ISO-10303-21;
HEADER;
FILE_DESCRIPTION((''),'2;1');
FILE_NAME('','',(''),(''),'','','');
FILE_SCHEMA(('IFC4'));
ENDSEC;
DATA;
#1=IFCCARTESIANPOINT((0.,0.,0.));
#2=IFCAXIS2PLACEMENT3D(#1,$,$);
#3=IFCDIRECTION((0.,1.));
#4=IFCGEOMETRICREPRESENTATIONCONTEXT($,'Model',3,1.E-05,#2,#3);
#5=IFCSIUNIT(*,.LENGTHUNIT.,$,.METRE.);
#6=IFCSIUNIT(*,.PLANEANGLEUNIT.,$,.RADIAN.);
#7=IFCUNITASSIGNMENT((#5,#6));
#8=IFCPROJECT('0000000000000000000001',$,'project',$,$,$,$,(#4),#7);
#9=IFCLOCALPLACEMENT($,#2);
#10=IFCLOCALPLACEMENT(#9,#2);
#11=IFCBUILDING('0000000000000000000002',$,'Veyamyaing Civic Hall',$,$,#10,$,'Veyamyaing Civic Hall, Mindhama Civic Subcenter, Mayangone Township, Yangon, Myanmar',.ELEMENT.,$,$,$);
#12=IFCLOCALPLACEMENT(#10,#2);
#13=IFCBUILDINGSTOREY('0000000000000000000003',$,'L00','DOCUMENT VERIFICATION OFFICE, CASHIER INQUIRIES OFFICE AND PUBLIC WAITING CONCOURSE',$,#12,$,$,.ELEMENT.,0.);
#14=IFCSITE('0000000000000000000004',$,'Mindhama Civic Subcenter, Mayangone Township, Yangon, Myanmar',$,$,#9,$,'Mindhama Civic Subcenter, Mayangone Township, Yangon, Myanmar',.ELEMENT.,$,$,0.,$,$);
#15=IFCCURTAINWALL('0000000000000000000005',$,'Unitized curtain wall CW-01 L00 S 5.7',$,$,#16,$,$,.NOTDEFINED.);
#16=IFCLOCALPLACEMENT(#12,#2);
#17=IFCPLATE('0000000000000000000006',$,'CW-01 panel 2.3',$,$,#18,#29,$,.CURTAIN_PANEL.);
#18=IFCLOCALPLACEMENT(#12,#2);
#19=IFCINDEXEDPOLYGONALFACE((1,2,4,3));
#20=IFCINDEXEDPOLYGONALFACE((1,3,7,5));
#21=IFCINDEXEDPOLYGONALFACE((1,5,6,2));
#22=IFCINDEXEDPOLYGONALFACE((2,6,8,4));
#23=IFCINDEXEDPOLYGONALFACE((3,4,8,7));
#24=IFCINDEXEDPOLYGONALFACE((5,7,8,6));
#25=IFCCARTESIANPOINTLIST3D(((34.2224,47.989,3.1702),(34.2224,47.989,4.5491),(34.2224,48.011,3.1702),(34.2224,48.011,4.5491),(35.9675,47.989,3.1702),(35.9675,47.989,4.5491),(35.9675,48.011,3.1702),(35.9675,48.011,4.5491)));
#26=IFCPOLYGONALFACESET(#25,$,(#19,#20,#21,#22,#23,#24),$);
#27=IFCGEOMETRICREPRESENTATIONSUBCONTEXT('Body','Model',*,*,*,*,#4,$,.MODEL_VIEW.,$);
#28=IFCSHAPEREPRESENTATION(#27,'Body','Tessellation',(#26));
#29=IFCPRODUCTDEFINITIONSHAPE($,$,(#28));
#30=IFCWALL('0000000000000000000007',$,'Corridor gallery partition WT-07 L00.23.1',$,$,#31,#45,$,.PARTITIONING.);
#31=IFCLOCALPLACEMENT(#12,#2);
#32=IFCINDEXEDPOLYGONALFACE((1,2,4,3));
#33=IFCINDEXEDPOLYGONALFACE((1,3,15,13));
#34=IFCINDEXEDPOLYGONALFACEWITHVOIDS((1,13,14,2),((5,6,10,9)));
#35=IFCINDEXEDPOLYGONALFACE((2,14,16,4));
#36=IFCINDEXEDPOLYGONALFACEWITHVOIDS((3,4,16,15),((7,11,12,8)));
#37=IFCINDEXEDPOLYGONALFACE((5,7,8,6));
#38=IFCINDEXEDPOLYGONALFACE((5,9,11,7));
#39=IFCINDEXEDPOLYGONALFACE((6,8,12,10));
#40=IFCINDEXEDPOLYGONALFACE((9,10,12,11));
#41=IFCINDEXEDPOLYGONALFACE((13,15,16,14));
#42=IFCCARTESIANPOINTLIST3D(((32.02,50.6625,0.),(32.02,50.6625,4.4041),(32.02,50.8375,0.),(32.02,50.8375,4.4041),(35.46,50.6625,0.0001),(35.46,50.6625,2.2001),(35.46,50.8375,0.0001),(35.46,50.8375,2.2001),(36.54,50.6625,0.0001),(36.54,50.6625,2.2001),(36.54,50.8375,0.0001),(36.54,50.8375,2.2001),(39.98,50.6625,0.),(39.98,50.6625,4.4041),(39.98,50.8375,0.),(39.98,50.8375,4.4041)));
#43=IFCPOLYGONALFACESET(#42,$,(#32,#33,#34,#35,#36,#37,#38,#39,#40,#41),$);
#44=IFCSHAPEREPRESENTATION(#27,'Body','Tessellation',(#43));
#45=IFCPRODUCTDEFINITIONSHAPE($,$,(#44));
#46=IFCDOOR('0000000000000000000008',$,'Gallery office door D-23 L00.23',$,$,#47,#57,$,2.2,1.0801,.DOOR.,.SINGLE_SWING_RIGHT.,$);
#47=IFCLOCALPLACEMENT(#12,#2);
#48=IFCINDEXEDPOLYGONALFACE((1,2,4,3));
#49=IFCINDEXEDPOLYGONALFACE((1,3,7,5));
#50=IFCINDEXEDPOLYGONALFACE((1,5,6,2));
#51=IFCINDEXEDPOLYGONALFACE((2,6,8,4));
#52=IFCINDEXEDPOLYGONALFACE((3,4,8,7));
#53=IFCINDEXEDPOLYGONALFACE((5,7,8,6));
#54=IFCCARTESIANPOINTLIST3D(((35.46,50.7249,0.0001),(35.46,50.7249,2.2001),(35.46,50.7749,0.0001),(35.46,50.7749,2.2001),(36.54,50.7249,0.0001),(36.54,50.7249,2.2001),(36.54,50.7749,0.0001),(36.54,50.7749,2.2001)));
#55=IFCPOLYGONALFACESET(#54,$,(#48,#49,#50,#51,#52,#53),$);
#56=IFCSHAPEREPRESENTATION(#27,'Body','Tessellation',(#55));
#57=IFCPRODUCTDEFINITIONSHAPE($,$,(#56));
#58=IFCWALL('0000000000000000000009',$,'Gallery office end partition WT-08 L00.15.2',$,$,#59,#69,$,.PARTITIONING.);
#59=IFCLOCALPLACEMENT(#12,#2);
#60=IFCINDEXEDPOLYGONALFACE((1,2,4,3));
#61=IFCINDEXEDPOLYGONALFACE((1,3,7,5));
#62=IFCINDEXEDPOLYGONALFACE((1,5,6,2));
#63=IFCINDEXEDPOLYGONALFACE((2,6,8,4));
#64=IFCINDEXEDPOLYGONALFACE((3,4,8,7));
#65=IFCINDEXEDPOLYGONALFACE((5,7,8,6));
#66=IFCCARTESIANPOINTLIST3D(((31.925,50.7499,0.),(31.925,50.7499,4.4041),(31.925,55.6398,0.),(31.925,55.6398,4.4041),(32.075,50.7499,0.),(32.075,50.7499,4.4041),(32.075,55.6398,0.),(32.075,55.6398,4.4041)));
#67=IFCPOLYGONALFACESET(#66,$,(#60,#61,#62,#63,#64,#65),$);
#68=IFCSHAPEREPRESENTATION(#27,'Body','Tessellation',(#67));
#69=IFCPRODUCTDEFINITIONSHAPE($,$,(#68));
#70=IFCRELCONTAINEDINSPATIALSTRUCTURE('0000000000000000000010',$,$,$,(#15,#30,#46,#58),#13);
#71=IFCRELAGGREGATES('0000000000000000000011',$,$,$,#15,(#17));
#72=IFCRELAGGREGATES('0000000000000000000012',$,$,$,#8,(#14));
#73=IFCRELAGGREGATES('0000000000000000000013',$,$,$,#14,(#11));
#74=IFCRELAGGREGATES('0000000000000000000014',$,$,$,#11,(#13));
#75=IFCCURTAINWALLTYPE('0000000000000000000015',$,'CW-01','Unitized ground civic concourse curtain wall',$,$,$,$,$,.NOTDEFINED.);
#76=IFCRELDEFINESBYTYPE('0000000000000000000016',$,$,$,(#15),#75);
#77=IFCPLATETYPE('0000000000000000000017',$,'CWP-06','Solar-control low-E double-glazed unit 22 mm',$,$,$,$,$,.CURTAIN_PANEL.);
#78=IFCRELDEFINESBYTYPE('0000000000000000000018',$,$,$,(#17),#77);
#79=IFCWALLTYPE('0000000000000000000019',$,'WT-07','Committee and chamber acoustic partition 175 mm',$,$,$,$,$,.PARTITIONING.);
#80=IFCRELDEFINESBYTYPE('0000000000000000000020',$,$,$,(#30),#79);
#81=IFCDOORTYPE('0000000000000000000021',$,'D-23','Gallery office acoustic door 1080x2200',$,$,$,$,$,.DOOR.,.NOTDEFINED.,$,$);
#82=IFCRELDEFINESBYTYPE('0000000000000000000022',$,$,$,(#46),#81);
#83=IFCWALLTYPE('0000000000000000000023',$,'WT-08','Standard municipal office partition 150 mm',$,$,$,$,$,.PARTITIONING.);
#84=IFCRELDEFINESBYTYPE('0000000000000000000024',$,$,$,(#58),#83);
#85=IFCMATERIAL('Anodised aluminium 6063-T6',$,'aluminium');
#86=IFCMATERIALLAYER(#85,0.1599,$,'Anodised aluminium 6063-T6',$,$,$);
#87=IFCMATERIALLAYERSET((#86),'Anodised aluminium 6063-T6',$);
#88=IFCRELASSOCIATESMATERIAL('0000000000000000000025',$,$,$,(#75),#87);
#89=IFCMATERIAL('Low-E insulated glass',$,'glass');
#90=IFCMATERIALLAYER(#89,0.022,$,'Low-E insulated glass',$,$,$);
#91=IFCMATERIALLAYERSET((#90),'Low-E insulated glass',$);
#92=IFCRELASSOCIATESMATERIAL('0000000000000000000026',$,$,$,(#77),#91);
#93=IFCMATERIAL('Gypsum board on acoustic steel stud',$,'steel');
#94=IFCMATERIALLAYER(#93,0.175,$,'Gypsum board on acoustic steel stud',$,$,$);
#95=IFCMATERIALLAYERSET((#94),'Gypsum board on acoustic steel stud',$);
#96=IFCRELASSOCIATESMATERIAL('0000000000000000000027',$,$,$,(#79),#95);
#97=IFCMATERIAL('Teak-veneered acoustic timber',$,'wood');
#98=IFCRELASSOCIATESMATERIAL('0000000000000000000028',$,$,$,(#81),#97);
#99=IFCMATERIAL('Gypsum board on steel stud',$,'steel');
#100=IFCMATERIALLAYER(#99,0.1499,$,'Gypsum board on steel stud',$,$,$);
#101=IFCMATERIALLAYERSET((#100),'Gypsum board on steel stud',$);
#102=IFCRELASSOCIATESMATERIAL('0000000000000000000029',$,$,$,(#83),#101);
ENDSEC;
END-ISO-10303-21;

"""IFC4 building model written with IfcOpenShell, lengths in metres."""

from ifc_helpers import new_model, si_unit, direction, frame, frame_2d, origin, origin_2d, place, context, subcontext, project, spatial, rectangle, extrude, material, layer, layer_set, type_object, element, fill, aggregate, save


model = new_model("IFC4")

# Units and contexts
model_context = context("Model", 3, precision=1e-05, world=origin(), true_north=direction((0.0, 1.0)))
body_context = subcontext(model_context, "Body", "Model", "MODEL_VIEW")
ifc_project = project(units=[si_unit("LENGTHUNIT", "METRE"), si_unit("PLANEANGLEUNIT", "RADIAN")], contexts=[model_context])

# Site, building, storey
site_placement = place(None, origin())
site = spatial("IfcSite", under=ifc_project, at=site_placement, Name="Mindhama Civic Subcenter, Mayangone Township, Yangon, Myanmar", LongName="Mindhama Civic Subcenter, Mayangone Township, Yangon, Myanmar", CompositionType="ELEMENT", RefElevation=0.0)
building_placement = place(site_placement, origin())
building = spatial("IfcBuilding", under=site, at=building_placement, Name="Veyamyaing Civic Hall", LongName="Veyamyaing Civic Hall, Mindhama Civic Subcenter, Mayangone Township, Yangon, Myanmar", CompositionType="ELEMENT")
storey_placement = place(building_placement, origin())
storey = spatial("IfcBuildingStorey", under=building, at=storey_placement, Name="L00", Description="DOCUMENT VERIFICATION OFFICE, CASHIER INQUIRIES OFFICE AND PUBLIC WAITING CONCOURSE", CompositionType="ELEMENT", Elevation=0.0)

# Shared definitions
ifc_material_1 = material(Name="Anodised aluminium 6063-T6", Category="aluminium")
ifc_layer_1 = layer(ifc_material_1, 0.1599, Name="Anodised aluminium 6063-T6")
ifc_layer_set_1 = layer_set([ifc_layer_1], Name="Anodised aluminium 6063-T6")
curtain_wall_type = type_object("IfcCurtainWallType", Name="CW-01", Description="Unitized ground civic concourse curtain wall", PredefinedType="NOTDEFINED", material=ifc_layer_set_1)

# Curtain wall
curtain_wall_1_placement = place(storey_placement, origin())
curtain_wall_1 = element("IfcCurtainWall", 1, at=curtain_wall_1_placement, inside=storey, type_object=curtain_wall_type, Name="Unitized curtain wall CW-01 L00 S 5.7", PredefinedType="NOTDEFINED")

# Plate
ifc_material_2 = material(Name="Low-E insulated glass", Category="glass")
ifc_layer_2 = layer(ifc_material_2, 0.022, Name="Low-E insulated glass")
ifc_layer_set_2 = layer_set([ifc_layer_2], Name="Low-E insulated glass")
plate_type_1 = type_object("IfcPlateType", Name="CWP-06", Description="Solar-control low-E double-glazed unit 22 mm", PredefinedType="CURTAIN_PANEL", material=ifc_layer_set_2)
plate_1_placement = place(storey_placement, frame((35.095, 48.0, 3.1702), z_axis=(0.0, 0.0, 1.0), x_axis=(1.0, 0.0, 0.0)))
plate_1 = element("IfcPlate", 2, at=plate_1_placement, type_object=plate_type_1, Name="CW-01 panel 2.3", PredefinedType="CURTAIN_PANEL", context=body_context, shape_type="SweptSolid", body=[
    extrude(rectangle(XDim=1.7451, YDim=0.022, at=origin_2d()), origin(), (0.0, 0.0, 1.0), 1.3789),
])
aggregate(curtain_wall_1, [plate_1])

# Wall, opening, door
ifc_material_3 = material(Name="Gypsum board on acoustic steel stud", Category="steel")
ifc_layer_3 = layer(ifc_material_3, 0.175, Name="Gypsum board on acoustic steel stud")
ifc_layer_set_3 = layer_set([ifc_layer_3], Name="Gypsum board on acoustic steel stud")
wall_type_1 = type_object("IfcWallType", Name="WT-07", Description="Committee and chamber acoustic partition 175 mm", PredefinedType="PARTITIONING", material=ifc_layer_set_3)
wall_1_placement = place(storey_placement, frame((32.02, 50.75, 0.0), z_axis=(0.0, 0.0, 1.0), x_axis=(1.0, 0.0, 0.0)))
wall_1 = element("IfcWall", 3, at=wall_1_placement, inside=storey, type_object=wall_type_1, Name="Corridor gallery partition WT-07 L00.23.1", PredefinedType="PARTITIONING", context=body_context, shape_type="SweptSolid", body=[
    extrude(rectangle(XDim=7.96, YDim=0.175, at=frame_2d((3.98, 0.0))), origin(), (0.0, 0.0, 1.0), 4.4041),
])
opening_placement = place(wall_1_placement, frame((3.4399, 0.0, 0.0)))
opening = element("IfcOpeningElement", 4, at=opening_placement, cuts=wall_1, PredefinedType="OPENING", context=body_context, shape_type="SweptSolid", body=[
    extrude(rectangle(XDim=1.0801, YDim=2.2, at=frame_2d((0.54, 1.1001))), frame((0.0, 0.0974, 0.0), z_axis=(0.0, -1.0, 0.0), x_axis=(1.0, 0.0, 0.0)), (0.0, 0.0, 1.0), 0.1951),
])
ifc_material_4 = material(Name="Teak-veneered acoustic timber", Category="wood")
door_type = type_object("IfcDoorType", Name="D-23", Description="Gallery office acoustic door 1080x2200", OperationType="NOTDEFINED", PredefinedType="DOOR", material=ifc_material_4)
door_placement = place(opening_placement, origin())
door = element("IfcDoor", 5, at=door_placement, inside=storey, type_object=door_type, Name="Gallery office door D-23 L00.23", OperationType="SINGLE_SWING_RIGHT", OverallHeight=2.2, OverallWidth=1.0801, PredefinedType="DOOR", context=body_context, shape_type="SweptSolid", body=[
    extrude(rectangle(XDim=1.0801, YDim=2.2, at=frame_2d((0.54, 1.1001))), frame((0.0, 0.0249, 0.0), z_axis=(0.0, -1.0, 0.0), x_axis=(1.0, 0.0, 0.0)), (0.0, 0.0, 1.0), 0.05),
])
fill(opening, door)

# Wall
ifc_material_5 = material(Name="Gypsum board on steel stud", Category="steel")
ifc_layer_4 = layer(ifc_material_5, 0.1499, Name="Gypsum board on steel stud")
ifc_layer_set_4 = layer_set([ifc_layer_4], Name="Gypsum board on steel stud")
wall_type_2 = type_object("IfcWallType", Name="WT-08", Description="Standard municipal office partition 150 mm", PredefinedType="PARTITIONING", material=ifc_layer_set_4)
wall_2_placement = place(storey_placement, frame((32.0, 50.75, 0.0), z_axis=(0.0, 0.0, 1.0), x_axis=(0.0, 1.0, 0.0)))
element("IfcWall", 6, at=wall_2_placement, inside=storey, type_object=wall_type_2, Name="Gallery office end partition WT-08 L00.15.2", PredefinedType="PARTITIONING", context=body_context, shape_type="SweptSolid", body=[
    extrude(rectangle(XDim=4.8899, YDim=0.1499, at=frame_2d((2.4448, 0.0))), origin(), (0.0, 0.0, 1.0), 4.4041),
])

save(model, "model.ifc")
